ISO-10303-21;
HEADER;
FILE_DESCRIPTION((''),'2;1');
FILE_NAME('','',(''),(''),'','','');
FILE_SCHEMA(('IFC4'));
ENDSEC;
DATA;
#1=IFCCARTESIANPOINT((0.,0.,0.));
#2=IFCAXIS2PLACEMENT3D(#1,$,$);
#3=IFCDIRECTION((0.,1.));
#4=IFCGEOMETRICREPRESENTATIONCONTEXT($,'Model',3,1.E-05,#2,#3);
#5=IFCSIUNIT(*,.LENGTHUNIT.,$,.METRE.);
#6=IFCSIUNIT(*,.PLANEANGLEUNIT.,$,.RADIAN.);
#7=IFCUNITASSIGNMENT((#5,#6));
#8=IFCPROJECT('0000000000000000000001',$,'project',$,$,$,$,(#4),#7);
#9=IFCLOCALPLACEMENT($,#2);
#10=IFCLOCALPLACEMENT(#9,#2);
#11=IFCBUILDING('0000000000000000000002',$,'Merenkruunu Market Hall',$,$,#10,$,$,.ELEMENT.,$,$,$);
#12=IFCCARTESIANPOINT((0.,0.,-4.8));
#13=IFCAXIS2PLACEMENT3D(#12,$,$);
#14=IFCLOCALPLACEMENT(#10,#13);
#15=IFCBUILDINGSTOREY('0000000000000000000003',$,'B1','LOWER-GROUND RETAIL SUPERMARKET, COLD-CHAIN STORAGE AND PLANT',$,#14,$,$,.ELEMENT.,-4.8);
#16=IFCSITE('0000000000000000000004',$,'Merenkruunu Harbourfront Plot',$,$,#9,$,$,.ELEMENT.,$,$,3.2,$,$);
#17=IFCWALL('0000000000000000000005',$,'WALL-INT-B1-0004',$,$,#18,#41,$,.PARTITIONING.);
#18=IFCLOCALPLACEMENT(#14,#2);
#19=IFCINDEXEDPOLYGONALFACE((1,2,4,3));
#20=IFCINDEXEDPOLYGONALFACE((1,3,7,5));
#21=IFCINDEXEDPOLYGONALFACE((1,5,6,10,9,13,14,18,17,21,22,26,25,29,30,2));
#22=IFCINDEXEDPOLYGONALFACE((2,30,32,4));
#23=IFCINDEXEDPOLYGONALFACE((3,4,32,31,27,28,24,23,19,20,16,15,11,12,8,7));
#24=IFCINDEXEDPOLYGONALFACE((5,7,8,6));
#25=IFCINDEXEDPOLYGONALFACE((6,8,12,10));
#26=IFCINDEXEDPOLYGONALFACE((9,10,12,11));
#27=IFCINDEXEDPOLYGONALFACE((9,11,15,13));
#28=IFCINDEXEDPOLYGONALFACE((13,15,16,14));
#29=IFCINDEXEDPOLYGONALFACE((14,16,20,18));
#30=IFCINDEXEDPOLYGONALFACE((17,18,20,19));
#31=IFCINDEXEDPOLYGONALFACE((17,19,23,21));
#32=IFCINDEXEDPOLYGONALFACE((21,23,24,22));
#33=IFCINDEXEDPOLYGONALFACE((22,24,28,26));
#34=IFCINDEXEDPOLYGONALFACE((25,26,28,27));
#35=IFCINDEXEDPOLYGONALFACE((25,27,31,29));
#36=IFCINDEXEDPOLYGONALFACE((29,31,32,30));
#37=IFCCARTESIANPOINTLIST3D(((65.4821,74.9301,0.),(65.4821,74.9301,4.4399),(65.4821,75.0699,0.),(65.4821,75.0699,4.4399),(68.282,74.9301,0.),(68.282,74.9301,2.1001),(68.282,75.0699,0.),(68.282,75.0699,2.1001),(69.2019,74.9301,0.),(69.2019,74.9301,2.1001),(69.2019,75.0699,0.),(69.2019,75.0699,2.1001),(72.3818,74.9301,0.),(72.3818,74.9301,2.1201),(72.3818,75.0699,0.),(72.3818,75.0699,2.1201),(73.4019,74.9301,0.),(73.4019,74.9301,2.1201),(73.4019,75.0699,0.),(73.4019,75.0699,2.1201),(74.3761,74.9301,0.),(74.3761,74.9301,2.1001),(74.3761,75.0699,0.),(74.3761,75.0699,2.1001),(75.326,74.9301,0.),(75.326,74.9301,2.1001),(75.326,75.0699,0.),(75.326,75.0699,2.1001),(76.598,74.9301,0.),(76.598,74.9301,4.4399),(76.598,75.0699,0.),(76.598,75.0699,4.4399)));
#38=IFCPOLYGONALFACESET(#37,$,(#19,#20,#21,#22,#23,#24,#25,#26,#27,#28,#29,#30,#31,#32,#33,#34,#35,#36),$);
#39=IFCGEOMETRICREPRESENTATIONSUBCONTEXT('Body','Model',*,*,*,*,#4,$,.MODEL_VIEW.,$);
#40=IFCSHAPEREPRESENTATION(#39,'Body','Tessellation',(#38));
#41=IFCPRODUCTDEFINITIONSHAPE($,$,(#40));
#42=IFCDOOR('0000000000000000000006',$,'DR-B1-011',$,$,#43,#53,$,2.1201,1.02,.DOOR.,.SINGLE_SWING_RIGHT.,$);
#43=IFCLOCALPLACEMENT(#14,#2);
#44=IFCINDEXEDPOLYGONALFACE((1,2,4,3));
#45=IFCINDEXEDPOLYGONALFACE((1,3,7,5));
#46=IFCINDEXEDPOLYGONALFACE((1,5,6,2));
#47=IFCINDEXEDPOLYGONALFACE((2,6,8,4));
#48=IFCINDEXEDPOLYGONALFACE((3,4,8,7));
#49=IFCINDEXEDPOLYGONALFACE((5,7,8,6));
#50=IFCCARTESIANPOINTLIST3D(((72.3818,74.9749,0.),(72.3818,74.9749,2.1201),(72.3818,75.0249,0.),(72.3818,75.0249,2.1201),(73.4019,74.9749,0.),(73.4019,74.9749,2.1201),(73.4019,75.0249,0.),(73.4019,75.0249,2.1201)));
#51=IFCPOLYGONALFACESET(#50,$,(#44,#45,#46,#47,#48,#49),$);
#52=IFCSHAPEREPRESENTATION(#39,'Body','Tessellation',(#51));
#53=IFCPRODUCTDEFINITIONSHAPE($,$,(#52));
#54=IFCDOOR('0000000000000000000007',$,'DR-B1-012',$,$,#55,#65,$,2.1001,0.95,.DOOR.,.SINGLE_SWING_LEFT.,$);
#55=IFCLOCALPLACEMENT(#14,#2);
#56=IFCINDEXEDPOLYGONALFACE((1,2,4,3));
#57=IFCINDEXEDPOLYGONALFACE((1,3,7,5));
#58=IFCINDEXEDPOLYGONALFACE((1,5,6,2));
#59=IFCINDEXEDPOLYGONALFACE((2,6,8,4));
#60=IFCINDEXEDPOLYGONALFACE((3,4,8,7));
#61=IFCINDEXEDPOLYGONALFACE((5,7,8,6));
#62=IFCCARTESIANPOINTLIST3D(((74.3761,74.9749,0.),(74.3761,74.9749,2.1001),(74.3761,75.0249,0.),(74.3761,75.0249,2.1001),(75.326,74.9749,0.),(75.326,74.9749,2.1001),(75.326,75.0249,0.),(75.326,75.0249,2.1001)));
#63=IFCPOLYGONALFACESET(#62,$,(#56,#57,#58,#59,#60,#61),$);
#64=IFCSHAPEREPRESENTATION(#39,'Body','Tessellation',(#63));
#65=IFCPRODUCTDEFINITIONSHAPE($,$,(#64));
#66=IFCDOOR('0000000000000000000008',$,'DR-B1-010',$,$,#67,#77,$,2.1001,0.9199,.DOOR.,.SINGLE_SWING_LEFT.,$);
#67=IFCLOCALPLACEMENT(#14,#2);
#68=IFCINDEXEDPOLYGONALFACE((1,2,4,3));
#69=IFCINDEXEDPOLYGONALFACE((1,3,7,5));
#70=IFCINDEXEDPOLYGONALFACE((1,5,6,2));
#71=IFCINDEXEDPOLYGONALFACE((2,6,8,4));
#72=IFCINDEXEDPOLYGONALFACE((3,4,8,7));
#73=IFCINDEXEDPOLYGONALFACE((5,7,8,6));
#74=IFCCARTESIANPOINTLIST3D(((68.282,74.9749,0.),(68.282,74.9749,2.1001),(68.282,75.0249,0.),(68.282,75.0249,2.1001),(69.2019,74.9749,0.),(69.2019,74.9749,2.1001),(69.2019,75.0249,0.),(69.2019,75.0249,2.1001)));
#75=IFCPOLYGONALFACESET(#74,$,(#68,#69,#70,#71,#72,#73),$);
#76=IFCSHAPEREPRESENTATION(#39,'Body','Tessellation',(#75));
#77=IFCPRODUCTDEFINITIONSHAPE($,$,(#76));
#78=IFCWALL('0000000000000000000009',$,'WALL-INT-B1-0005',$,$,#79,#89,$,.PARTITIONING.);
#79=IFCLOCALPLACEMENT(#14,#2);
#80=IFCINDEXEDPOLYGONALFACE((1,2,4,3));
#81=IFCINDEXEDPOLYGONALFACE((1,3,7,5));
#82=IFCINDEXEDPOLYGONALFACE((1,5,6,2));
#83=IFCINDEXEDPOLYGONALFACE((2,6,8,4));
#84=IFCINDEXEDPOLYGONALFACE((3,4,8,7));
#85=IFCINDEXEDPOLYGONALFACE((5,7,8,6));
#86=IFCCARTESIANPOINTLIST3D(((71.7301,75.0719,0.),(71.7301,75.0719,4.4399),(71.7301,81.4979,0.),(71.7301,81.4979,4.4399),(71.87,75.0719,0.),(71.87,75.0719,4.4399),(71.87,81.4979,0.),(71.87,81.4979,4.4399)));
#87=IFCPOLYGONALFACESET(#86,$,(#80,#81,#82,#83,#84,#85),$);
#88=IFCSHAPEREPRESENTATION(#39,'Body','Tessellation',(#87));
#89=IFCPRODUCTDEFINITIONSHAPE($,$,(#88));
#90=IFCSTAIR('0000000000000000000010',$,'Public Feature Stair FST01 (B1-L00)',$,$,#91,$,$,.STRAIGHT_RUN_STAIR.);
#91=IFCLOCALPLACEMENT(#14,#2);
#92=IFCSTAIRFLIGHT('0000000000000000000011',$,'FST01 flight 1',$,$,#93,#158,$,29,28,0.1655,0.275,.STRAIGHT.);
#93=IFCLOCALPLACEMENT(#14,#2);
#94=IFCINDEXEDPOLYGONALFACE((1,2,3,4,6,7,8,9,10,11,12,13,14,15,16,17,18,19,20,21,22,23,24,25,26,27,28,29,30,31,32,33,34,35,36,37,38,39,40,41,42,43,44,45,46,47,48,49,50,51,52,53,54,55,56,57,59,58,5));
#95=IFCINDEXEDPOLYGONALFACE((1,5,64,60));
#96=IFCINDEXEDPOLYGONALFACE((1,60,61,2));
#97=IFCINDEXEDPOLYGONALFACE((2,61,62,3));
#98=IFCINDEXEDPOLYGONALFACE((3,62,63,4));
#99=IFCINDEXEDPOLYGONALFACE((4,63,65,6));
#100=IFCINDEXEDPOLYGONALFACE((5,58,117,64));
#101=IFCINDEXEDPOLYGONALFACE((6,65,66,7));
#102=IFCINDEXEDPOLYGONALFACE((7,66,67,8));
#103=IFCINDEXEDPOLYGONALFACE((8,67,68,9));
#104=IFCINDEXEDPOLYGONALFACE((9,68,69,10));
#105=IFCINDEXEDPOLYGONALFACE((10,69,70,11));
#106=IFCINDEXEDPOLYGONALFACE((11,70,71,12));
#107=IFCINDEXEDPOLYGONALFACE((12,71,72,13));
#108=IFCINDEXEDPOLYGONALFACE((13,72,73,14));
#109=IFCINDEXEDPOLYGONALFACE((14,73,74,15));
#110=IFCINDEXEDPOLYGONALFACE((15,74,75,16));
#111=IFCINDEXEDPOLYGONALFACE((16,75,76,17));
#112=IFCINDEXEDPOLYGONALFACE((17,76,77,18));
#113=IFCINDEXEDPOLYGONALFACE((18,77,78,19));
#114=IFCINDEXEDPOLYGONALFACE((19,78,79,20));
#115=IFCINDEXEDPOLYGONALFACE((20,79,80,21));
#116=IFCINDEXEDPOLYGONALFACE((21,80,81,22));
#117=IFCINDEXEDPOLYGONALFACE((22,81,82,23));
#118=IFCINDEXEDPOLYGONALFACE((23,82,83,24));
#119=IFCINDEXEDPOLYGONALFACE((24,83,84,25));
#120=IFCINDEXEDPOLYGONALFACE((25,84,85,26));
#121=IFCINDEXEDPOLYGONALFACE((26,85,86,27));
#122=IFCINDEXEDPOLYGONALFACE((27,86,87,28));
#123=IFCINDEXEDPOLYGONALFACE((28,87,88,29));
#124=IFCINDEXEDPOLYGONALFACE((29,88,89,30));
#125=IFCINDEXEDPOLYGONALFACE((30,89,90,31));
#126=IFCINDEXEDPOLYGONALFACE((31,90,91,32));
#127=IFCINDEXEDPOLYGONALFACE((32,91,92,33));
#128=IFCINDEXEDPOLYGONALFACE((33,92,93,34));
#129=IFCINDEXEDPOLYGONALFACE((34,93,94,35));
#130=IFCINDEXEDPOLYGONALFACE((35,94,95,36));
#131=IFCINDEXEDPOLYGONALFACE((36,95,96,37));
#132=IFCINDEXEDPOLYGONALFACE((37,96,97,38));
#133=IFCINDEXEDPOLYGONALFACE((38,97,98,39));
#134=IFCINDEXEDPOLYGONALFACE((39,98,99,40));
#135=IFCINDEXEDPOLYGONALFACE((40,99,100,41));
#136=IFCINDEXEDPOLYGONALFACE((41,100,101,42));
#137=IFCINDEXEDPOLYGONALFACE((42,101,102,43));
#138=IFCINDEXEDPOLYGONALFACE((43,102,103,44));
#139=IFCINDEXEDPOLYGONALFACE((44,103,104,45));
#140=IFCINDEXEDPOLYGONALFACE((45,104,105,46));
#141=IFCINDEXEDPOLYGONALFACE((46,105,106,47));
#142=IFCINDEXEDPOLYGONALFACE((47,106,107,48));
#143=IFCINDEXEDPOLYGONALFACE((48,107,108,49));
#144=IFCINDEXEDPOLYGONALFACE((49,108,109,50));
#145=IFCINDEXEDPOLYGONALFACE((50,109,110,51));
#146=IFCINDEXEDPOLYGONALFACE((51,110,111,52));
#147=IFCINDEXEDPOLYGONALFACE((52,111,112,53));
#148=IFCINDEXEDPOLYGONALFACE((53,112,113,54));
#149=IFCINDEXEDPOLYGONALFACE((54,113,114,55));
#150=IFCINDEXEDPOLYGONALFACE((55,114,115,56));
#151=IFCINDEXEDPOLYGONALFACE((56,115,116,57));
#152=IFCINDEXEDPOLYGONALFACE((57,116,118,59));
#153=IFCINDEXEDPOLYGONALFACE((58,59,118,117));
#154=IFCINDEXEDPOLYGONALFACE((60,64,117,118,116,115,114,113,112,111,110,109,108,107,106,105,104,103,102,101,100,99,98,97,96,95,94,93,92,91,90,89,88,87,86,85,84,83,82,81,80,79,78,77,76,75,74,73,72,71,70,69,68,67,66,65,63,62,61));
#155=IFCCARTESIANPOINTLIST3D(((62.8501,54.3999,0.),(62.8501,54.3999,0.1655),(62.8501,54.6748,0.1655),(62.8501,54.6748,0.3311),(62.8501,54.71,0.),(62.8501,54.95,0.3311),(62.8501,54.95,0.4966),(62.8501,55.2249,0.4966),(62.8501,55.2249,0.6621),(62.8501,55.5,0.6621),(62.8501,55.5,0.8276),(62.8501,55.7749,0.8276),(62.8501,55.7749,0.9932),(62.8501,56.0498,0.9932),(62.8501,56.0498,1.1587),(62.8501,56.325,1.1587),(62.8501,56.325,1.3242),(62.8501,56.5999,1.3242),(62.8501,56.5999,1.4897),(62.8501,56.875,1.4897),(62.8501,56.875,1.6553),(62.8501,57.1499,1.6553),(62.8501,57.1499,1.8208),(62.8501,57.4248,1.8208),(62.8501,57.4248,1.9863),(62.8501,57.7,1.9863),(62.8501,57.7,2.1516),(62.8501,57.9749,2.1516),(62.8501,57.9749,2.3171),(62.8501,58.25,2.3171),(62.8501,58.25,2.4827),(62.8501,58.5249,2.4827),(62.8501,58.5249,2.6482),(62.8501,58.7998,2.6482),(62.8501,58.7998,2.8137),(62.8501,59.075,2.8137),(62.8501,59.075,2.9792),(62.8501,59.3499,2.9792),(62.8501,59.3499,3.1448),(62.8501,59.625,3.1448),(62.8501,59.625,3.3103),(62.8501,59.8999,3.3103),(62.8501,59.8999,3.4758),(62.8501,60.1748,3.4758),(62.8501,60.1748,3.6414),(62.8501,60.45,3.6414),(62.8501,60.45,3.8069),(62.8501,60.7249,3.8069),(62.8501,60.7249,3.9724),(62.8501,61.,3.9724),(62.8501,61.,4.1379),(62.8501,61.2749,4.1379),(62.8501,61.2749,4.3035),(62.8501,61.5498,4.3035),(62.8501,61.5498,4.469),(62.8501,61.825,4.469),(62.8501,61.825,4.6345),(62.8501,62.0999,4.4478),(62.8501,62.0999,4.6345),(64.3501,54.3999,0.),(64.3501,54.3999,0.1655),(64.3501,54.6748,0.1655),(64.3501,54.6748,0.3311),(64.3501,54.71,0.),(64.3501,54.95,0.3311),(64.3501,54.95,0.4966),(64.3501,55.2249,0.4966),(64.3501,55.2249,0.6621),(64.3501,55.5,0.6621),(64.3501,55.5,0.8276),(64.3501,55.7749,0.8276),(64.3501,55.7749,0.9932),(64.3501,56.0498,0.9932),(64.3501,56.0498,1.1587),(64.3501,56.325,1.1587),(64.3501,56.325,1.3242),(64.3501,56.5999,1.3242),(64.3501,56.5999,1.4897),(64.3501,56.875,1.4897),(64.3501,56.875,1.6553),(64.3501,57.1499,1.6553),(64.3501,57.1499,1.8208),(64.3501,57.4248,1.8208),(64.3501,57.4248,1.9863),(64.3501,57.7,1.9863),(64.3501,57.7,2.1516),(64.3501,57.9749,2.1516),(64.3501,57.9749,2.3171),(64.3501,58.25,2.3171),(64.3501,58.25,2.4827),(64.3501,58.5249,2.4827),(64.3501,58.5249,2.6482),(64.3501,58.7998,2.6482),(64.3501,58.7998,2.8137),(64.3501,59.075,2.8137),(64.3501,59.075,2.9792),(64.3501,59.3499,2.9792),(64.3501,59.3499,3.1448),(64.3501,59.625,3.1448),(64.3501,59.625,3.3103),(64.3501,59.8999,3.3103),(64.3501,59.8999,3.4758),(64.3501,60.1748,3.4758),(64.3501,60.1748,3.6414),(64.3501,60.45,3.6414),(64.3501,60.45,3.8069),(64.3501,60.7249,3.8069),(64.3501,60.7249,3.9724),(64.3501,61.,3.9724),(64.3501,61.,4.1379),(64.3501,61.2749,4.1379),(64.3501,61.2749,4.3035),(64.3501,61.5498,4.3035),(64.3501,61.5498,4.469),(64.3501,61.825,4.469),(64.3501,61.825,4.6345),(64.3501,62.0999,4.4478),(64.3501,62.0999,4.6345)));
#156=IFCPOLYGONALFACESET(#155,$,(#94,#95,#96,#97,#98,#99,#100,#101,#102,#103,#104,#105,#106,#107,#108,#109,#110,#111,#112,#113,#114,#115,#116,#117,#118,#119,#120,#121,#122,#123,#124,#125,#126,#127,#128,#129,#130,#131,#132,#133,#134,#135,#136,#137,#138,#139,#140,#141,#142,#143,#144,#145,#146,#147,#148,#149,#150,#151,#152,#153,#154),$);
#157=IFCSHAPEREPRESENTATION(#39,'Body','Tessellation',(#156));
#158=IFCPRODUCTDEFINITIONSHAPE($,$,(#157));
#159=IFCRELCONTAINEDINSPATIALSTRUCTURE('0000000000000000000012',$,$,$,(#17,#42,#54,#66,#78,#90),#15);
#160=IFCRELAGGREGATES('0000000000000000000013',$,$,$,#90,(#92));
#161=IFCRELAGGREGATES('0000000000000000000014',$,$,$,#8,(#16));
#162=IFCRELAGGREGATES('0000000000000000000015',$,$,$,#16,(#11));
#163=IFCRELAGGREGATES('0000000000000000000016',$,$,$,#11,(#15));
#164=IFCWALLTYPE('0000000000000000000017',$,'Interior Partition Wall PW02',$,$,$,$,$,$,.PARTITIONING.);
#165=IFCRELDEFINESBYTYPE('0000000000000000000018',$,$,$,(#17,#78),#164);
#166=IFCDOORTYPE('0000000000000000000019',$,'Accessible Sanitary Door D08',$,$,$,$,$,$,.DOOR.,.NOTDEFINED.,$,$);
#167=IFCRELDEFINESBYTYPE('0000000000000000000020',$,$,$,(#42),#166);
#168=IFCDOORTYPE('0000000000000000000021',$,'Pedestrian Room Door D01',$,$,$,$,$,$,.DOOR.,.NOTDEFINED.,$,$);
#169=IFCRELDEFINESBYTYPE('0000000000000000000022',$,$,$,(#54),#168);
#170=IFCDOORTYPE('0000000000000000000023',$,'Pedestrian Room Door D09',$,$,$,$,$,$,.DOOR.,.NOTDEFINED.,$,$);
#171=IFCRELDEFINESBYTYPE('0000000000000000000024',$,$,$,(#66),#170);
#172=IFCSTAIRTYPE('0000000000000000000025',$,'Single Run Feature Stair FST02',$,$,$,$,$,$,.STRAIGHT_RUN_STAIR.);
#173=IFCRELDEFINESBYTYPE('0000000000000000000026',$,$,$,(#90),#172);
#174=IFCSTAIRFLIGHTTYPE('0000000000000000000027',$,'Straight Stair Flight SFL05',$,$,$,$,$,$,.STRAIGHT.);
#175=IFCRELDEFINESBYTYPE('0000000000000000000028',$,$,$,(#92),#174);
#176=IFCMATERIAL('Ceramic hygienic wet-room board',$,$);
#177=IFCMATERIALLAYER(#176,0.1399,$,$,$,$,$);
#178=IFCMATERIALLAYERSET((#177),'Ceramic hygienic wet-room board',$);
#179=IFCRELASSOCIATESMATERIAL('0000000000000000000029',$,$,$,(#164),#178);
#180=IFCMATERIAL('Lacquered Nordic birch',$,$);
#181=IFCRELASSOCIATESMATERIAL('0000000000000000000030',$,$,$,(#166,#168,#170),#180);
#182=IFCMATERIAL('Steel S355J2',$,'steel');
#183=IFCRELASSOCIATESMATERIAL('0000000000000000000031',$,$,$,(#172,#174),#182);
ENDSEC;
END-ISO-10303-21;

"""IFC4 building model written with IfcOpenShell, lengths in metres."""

from ifc_helpers import new_model, si_unit, direction, frame, frame_2d, origin, place, context, subcontext, project, spatial, polyline, rectangle, outline, extrude, material, layer, layer_set, type_object, element, fill, aggregate, save


model = new_model("IFC4")

# Units and contexts
model_context = context("Model", 3, precision=1e-05, world=origin(), true_north=direction((0.0, 1.0)))
body_context = subcontext(model_context, "Body", "Model", "MODEL_VIEW")
ifc_project = project(units=[si_unit("LENGTHUNIT", "METRE"), si_unit("PLANEANGLEUNIT", "RADIAN")], contexts=[model_context])

# Site, building, storey
site_placement = place(None, origin())
site = spatial("IfcSite", under=ifc_project, at=site_placement, Name="Merenkruunu Harbourfront Plot", CompositionType="ELEMENT", RefElevation=3.2)
building_placement = place(site_placement, origin())
building = spatial("IfcBuilding", under=site, at=building_placement, Name="Merenkruunu Market Hall", CompositionType="ELEMENT")
storey_placement = place(building_placement, frame((0.0, 0.0, -4.8)))
storey = spatial("IfcBuildingStorey", under=building, at=storey_placement, Name="B1", Description="LOWER-GROUND RETAIL SUPERMARKET, COLD-CHAIN STORAGE AND PLANT", CompositionType="ELEMENT", Elevation=-4.8)

# Wall, openings, doors
ifc_material_1 = material(Name="Ceramic hygienic wet-room board")
ifc_layer_1 = layer(ifc_material_1, 0.1399)
ifc_layer_set_1 = layer_set([ifc_layer_1], Name="Ceramic hygienic wet-room board")
wall_type = type_object("IfcWallType", Name="Interior Partition Wall PW02", PredefinedType="PARTITIONING", material=ifc_layer_set_1)
wall_1_placement = place(storey_placement, frame((65.4819, 75.0, 0.0), z_axis=(0.0, 0.0, 1.0), x_axis=(1.0, 0.0, 0.0)))
wall_1 = element("IfcWall", 1, at=wall_1_placement, inside=storey, type_object=wall_type, Name="WALL-INT-B1-0004", PredefinedType="PARTITIONING", context=body_context, shape_type="SweptSolid", body=[
    extrude(rectangle(XDim=11.116, YDim=0.1399, at=frame_2d((5.5581, 0.0))), origin(), (0.0, 0.0, 1.0), 4.4399),
])
opening_1_placement = place(wall_1_placement, frame((2.8, 0.0, 0.0)))
opening_1 = element("IfcOpeningElement", 2, at=opening_1_placement, cuts=wall_1, PredefinedType="OPENING", context=body_context, shape_type="SweptSolid", body=[
    extrude(rectangle(XDim=0.9199, YDim=2.1001, at=frame_2d((0.46, 1.05))), frame((0.0, 0.0801, 0.0), z_axis=(0.0, -1.0, 0.0), x_axis=(1.0, 0.0, 0.0)), (0.0, 0.0, 1.0), 0.1599),
])
opening_2_placement = place(wall_1_placement, frame((6.8999, 0.0, 0.0)))
opening_2 = element("IfcOpeningElement", 3, at=opening_2_placement, cuts=wall_1, PredefinedType="OPENING", context=body_context, shape_type="SweptSolid", body=[
    extrude(rectangle(XDim=1.02, YDim=2.1201, at=frame_2d((0.51, 1.0601))), frame((0.0, 0.0801, 0.0), z_axis=(0.0, -1.0, 0.0), x_axis=(1.0, 0.0, 0.0)), (0.0, 0.0, 1.0), 0.1599),
])
opening_3_placement = place(wall_1_placement, frame((8.894, 0.0, 0.0)))
opening_3 = element("IfcOpeningElement", 4, at=opening_3_placement, cuts=wall_1, PredefinedType="OPENING", context=body_context, shape_type="SweptSolid", body=[
    extrude(rectangle(XDim=0.95, YDim=2.1001, at=frame_2d((0.4751, 1.05))), frame((0.0, 0.0801, 0.0), z_axis=(0.0, -1.0, 0.0), x_axis=(1.0, 0.0, 0.0)), (0.0, 0.0, 1.0), 0.1599),
])
ifc_material_2 = material(Name="Lacquered Nordic birch")
door_type_1 = type_object("IfcDoorType", Name="Accessible Sanitary Door D08", OperationType="NOTDEFINED", PredefinedType="DOOR", material=ifc_material_2)
door_1_placement = place(opening_2_placement, origin())
door_1 = element("IfcDoor", 5, at=door_1_placement, inside=storey, type_object=door_type_1, Name="DR-B1-011", OperationType="SINGLE_SWING_RIGHT", OverallHeight=2.1201, OverallWidth=1.02, PredefinedType="DOOR", context=body_context, shape_type="SweptSolid", body=[
    extrude(rectangle(XDim=1.02, YDim=2.1201, at=frame_2d((0.51, 1.0601))), frame((0.0, 0.0249, 0.0), z_axis=(0.0, -1.0, 0.0), x_axis=(1.0, 0.0, 0.0)), (0.0, 0.0, 1.0), 0.05),
])
fill(opening_2, door_1)
door_type_2 = type_object("IfcDoorType", Name="Pedestrian Room Door D01", OperationType="NOTDEFINED", PredefinedType="DOOR", material=ifc_material_2)
door_2_placement = place(opening_3_placement, origin())
door_2 = element("IfcDoor", 6, at=door_2_placement, inside=storey, type_object=door_type_2, Name="DR-B1-012", OperationType="SINGLE_SWING_LEFT", OverallHeight=2.1001, OverallWidth=0.95, PredefinedType="DOOR", context=body_context, shape_type="SweptSolid", body=[
    extrude(rectangle(XDim=0.95, YDim=2.1001, at=frame_2d((0.4751, 1.05))), frame((0.0, 0.0249, 0.0), z_axis=(0.0, -1.0, 0.0), x_axis=(1.0, 0.0, 0.0)), (0.0, 0.0, 1.0), 0.05),
])
fill(opening_3, door_2)
door_type_3 = type_object("IfcDoorType", Name="Pedestrian Room Door D09", OperationType="NOTDEFINED", PredefinedType="DOOR", material=ifc_material_2)
door_3_placement = place(opening_1_placement, origin())
door_3 = element("IfcDoor", 7, at=door_3_placement, inside=storey, type_object=door_type_3, Name="DR-B1-010", OperationType="SINGLE_SWING_LEFT", OverallHeight=2.1001, OverallWidth=0.9199, PredefinedType="DOOR", context=body_context, shape_type="SweptSolid", body=[
    extrude(rectangle(XDim=0.9199, YDim=2.1001, at=frame_2d((0.46, 1.05))), frame((0.0, 0.0249, 0.0), z_axis=(0.0, -1.0, 0.0), x_axis=(1.0, 0.0, 0.0)), (0.0, 0.0, 1.0), 0.05),
])
fill(opening_1, door_3)

# Wall
wall_2_placement = place(storey_placement, frame((71.8, 75.072, 0.0), z_axis=(0.0, 0.0, 1.0), x_axis=(0.0, 1.0, 0.0)))
element("IfcWall", 8, at=wall_2_placement, inside=storey, type_object=wall_type, Name="WALL-INT-B1-0005", PredefinedType="PARTITIONING", context=body_context, shape_type="SweptSolid", body=[
    extrude(rectangle(XDim=6.426, YDim=0.1399, at=frame_2d((3.2129, 0.0))), origin(), (0.0, 0.0, 1.0), 4.4399),
])

# Stair, stair flight
ifc_material_3 = material(Name="Steel S355J2", Category="steel")
stair_type = type_object("IfcStairType", Name="Single Run Feature Stair FST02", PredefinedType="STRAIGHT_RUN_STAIR", material=ifc_material_3)
stair_placement = place(storey_placement, origin())
stair = element("IfcStair", 9, at=stair_placement, inside=storey, type_object=stair_type, Name="Public Feature Stair FST01 (B1-L00)", PredefinedType="STRAIGHT_RUN_STAIR")
stair_flight_type = type_object("IfcStairFlightType", Name="Straight Stair Flight SFL05", PredefinedType="STRAIGHT", material=ifc_material_3)
stair_flight_placement = place(storey_placement, frame((63.6001, 54.3999, 0.0), z_axis=(0.0, 0.0, 1.0), x_axis=(0.0, 1.0, 0.0)))
stair_flight = element("IfcStairFlight", 10, at=stair_flight_placement, type_object=stair_flight_type, Name="FST01 flight 1", NumberOfRisers=29, NumberOfTreads=28, PredefinedType="STRAIGHT", RiserHeight=0.1655, TreadLength=0.275, context=body_context, shape_type="SweptSolid", body=[
    extrude(outline(polyline([(0.0, 0.0), (0.0, 0.1655), (0.2749, 0.1655), (0.2749, 0.3311), (0.55, 0.3311), (0.55, 0.4966), (0.825, 0.4966), (0.825, 0.6621), (1.1001, 0.6621), (1.1001, 0.8276), (1.375, 0.8276), (1.375, 0.9932), (1.6499, 0.9932), (1.6499, 1.1587), (1.925, 1.1587), (1.925, 1.3242), (2.2, 1.3242), (2.2, 1.4897), (2.4751, 1.4897), (2.4751, 1.6553), (2.75, 1.6553), (2.75, 1.8208), (3.0249, 1.8208), (3.0249, 1.9863), (3.3, 1.9863), (3.3, 2.1516), (3.575, 2.1516), (3.575, 2.3171), (3.8501, 2.3171), (3.8501, 2.4827), (4.125, 2.4827), (4.125, 2.6482), (4.3999, 2.6482), (4.3999, 2.8137), (4.675, 2.8137), (4.675, 2.9792), (4.95, 2.9792), (4.95, 3.1448), (5.2251, 3.1448), (5.2251, 3.3103), (5.5, 3.3103), (5.5, 3.4758), (5.7749, 3.4758), (5.7749, 3.6414), (6.05, 3.6414), (6.05, 3.8069), (6.325, 3.8069), (6.325, 3.9724), (6.6001, 3.9724), (6.6001, 4.1379), (6.875, 4.1379), (6.875, 4.3035), (7.1499, 4.3035), (7.1499, 4.469), (7.425, 4.469), (7.425, 4.6345), (7.7, 4.6345), (7.7, 4.8), (7.7, 4.4478), (0.3101, 0.0), (0.0, 0.0)])), frame((0.0, 0.75, 0.0), z_axis=(0.0, -1.0, 0.0), x_axis=(1.0, 0.0, 0.0)), (0.0, 0.0, 1.0), 1.5),
])
aggregate(stair, [stair_flight])

save(model, "model.ifc")
